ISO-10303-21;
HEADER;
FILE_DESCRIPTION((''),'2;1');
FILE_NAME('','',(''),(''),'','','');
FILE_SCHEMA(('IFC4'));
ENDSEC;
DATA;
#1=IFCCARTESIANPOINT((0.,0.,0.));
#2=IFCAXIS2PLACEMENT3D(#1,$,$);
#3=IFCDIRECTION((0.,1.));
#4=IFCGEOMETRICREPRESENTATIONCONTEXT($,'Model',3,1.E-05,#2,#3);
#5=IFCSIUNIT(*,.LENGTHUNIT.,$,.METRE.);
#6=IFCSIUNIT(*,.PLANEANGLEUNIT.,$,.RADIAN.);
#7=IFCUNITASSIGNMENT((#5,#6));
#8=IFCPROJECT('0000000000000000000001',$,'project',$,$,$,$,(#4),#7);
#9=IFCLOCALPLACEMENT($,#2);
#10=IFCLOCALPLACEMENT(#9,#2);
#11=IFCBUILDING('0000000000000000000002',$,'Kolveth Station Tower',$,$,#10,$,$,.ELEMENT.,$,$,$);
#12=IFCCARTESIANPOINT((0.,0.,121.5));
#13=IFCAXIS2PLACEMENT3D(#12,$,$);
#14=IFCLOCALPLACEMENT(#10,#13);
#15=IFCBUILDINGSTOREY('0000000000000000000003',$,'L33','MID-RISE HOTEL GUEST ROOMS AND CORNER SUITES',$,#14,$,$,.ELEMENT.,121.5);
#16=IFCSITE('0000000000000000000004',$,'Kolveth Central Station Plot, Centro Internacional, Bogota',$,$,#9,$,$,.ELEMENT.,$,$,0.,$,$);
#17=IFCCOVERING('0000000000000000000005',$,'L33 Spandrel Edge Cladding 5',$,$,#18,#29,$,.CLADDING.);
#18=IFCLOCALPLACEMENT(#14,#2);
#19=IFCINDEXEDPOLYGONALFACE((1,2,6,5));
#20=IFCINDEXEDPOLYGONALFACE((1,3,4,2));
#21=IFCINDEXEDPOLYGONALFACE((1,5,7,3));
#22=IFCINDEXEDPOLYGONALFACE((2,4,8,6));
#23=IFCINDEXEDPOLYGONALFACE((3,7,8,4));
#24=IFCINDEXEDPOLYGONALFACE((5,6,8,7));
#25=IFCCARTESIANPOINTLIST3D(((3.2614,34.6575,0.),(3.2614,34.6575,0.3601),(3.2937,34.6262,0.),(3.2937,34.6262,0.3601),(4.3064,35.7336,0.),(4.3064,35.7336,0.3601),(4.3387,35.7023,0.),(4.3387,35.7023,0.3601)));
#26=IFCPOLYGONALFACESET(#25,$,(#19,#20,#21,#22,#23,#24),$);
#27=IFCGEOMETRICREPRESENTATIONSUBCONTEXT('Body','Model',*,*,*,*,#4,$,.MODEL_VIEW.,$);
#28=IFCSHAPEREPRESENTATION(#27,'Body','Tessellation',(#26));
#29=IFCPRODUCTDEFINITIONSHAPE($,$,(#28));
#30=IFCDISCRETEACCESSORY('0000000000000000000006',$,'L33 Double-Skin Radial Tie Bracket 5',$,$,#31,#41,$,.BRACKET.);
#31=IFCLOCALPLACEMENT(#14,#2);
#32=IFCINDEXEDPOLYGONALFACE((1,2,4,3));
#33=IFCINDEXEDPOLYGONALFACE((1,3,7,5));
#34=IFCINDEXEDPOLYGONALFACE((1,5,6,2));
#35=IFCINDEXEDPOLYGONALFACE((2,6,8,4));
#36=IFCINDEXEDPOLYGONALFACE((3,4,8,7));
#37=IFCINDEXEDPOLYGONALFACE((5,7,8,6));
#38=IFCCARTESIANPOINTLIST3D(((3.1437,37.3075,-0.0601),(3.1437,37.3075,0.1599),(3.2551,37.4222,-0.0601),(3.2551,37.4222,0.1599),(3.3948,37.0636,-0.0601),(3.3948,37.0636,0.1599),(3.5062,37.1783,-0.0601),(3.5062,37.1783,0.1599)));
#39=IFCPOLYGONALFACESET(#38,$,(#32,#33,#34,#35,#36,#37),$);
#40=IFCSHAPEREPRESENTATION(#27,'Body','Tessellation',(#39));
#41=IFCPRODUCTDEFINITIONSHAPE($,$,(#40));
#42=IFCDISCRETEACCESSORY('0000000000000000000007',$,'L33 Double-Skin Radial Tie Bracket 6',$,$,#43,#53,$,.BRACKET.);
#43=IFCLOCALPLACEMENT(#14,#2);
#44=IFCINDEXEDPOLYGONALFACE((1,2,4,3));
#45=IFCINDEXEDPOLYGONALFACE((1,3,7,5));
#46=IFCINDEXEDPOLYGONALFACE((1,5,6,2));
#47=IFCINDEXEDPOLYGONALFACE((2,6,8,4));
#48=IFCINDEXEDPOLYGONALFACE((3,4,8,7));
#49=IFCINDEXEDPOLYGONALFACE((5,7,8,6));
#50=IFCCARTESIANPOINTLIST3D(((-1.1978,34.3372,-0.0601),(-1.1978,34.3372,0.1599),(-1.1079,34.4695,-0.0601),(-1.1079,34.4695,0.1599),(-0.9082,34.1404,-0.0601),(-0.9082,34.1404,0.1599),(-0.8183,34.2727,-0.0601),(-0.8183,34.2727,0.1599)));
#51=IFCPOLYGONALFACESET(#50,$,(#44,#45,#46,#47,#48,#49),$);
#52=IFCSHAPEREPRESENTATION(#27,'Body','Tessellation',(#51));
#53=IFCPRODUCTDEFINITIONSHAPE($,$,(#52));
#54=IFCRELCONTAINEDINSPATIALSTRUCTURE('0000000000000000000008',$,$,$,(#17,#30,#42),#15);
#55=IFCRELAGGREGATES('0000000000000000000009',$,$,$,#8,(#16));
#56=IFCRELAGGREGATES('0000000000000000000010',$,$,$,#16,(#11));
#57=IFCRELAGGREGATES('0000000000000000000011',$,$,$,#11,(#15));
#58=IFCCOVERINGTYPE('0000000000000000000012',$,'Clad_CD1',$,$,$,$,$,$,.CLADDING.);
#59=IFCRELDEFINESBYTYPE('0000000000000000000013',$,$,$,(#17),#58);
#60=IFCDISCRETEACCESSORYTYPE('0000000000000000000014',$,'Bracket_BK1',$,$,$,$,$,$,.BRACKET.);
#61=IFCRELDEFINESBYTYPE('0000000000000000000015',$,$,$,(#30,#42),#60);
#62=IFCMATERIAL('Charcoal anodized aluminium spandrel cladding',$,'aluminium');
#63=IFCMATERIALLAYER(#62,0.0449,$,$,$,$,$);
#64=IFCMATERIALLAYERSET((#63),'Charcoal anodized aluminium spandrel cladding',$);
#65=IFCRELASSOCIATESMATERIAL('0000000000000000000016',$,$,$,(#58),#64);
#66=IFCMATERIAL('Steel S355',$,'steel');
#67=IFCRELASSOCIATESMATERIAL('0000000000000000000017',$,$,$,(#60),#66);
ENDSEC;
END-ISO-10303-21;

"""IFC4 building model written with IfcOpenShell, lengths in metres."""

from ifc_helpers import new_model, si_unit, direction, frame, origin, origin_2d, place, context, subcontext, project, spatial, rectangle, extrude, source, transform, mapped, material, layer, layer_set, type_object, element, save


model = new_model("IFC4")

# Units and contexts
model_context = context("Model", 3, precision=1e-05, world=origin(), true_north=direction((0.0, 1.0)))
body_context = subcontext(model_context, "Body", "Model", "MODEL_VIEW")
ifc_project = project(units=[si_unit("LENGTHUNIT", "METRE"), si_unit("PLANEANGLEUNIT", "RADIAN")], contexts=[model_context])

# Site, building, storey
site_placement = place(None, origin())
site = spatial("IfcSite", under=ifc_project, at=site_placement, Name="Kolveth Central Station Plot, Centro Internacional, Bogota", CompositionType="ELEMENT", RefElevation=0.0)
building_placement = place(site_placement, origin())
building = spatial("IfcBuilding", under=site, at=building_placement, Name="Kolveth Station Tower", CompositionType="ELEMENT")
storey_placement = place(building_placement, frame((0.0, 0.0, 121.5)))
storey = spatial("IfcBuildingStorey", under=building, at=storey_placement, Name="L33", Description="MID-RISE HOTEL GUEST ROOMS AND CORNER SUITES", CompositionType="ELEMENT", Elevation=121.5)

# Covering
ifc_material_1 = material(Name="Charcoal anodized aluminium spandrel cladding", Category="aluminium")
ifc_layer_1 = layer(ifc_material_1, 0.0449)
ifc_layer_set_1 = layer_set([ifc_layer_1], Name="Charcoal anodized aluminium spandrel cladding")
covering_type = type_object("IfcCoveringType", Name="Clad_CD1", PredefinedType="CLADDING", material=ifc_layer_set_1)
shared_shape_1 = source(origin(), body_context, "Body", "SweptSolid", [
    extrude(rectangle(XDim=1.5, YDim=0.0449, at=origin_2d()), origin(), (0.0, 0.0, 1.0), 0.3601),
])
covering_placement = place(storey_placement, frame((3.8, 35.1799, 0.0), z_axis=(0.0, 0.0, 1.0), x_axis=(-0.696664, -0.717397, 0.0)))
element("IfcCovering", 1, at=covering_placement, inside=storey, type_object=covering_type, Name="L33 Spandrel Edge Cladding 5", PredefinedType="CLADDING", context=body_context, shape_type="MappedRepresentation", body=[
    mapped(shared_shape_1, transform((0.0, 0.0, 0.0), x_axis=(1.0, 0.0, 0.0), y_axis=(0.0, 1.0, 0.0), z_axis=(0.0, 0.0, 1.0), scale=1.0)),
])

# Discrete accessories
ifc_material_2 = material(Name="Steel S355", Category="steel")
discrete_accessory_type = type_object("IfcDiscreteAccessoryType", Name="Bracket_BK1", PredefinedType="BRACKET", material=ifc_material_2)
shared_shape_2 = source(origin(), body_context, "Body", "SweptSolid", [
    extrude(rectangle(XDim=0.3501, YDim=0.1599, at=origin_2d()), origin(), (0.0, 0.0, 1.0), 0.22),
])
for number, where, z_axis, x_axis, name in (
    (2, (3.325, 37.2429, -0.0601), (0.0, 0.0, 1.0), (-0.717397, 0.696664, 0.0), "L33 Double-Skin Radial Tie Bracket 5"),
    (3, (-1.0081, 34.3049, -0.0601), (0.0, 0.0, 1.0), (-0.827081, 0.562083, 0.0), "L33 Double-Skin Radial Tie Bracket 6"),
):
    element("IfcDiscreteAccessory", number, at=place(storey_placement, frame(where, z_axis=z_axis, x_axis=x_axis)), inside=storey, type_object=discrete_accessory_type, Name=name, PredefinedType="BRACKET", context=body_context, shape_type="MappedRepresentation", body=[
        mapped(shared_shape_2, transform((0.0, 0.0, 0.0), x_axis=(1.0, 0.0, 0.0), y_axis=(0.0, 1.0, 0.0), z_axis=(0.0, 0.0, 1.0), scale=1.0)),
    ])

save(model, "model.ifc")
